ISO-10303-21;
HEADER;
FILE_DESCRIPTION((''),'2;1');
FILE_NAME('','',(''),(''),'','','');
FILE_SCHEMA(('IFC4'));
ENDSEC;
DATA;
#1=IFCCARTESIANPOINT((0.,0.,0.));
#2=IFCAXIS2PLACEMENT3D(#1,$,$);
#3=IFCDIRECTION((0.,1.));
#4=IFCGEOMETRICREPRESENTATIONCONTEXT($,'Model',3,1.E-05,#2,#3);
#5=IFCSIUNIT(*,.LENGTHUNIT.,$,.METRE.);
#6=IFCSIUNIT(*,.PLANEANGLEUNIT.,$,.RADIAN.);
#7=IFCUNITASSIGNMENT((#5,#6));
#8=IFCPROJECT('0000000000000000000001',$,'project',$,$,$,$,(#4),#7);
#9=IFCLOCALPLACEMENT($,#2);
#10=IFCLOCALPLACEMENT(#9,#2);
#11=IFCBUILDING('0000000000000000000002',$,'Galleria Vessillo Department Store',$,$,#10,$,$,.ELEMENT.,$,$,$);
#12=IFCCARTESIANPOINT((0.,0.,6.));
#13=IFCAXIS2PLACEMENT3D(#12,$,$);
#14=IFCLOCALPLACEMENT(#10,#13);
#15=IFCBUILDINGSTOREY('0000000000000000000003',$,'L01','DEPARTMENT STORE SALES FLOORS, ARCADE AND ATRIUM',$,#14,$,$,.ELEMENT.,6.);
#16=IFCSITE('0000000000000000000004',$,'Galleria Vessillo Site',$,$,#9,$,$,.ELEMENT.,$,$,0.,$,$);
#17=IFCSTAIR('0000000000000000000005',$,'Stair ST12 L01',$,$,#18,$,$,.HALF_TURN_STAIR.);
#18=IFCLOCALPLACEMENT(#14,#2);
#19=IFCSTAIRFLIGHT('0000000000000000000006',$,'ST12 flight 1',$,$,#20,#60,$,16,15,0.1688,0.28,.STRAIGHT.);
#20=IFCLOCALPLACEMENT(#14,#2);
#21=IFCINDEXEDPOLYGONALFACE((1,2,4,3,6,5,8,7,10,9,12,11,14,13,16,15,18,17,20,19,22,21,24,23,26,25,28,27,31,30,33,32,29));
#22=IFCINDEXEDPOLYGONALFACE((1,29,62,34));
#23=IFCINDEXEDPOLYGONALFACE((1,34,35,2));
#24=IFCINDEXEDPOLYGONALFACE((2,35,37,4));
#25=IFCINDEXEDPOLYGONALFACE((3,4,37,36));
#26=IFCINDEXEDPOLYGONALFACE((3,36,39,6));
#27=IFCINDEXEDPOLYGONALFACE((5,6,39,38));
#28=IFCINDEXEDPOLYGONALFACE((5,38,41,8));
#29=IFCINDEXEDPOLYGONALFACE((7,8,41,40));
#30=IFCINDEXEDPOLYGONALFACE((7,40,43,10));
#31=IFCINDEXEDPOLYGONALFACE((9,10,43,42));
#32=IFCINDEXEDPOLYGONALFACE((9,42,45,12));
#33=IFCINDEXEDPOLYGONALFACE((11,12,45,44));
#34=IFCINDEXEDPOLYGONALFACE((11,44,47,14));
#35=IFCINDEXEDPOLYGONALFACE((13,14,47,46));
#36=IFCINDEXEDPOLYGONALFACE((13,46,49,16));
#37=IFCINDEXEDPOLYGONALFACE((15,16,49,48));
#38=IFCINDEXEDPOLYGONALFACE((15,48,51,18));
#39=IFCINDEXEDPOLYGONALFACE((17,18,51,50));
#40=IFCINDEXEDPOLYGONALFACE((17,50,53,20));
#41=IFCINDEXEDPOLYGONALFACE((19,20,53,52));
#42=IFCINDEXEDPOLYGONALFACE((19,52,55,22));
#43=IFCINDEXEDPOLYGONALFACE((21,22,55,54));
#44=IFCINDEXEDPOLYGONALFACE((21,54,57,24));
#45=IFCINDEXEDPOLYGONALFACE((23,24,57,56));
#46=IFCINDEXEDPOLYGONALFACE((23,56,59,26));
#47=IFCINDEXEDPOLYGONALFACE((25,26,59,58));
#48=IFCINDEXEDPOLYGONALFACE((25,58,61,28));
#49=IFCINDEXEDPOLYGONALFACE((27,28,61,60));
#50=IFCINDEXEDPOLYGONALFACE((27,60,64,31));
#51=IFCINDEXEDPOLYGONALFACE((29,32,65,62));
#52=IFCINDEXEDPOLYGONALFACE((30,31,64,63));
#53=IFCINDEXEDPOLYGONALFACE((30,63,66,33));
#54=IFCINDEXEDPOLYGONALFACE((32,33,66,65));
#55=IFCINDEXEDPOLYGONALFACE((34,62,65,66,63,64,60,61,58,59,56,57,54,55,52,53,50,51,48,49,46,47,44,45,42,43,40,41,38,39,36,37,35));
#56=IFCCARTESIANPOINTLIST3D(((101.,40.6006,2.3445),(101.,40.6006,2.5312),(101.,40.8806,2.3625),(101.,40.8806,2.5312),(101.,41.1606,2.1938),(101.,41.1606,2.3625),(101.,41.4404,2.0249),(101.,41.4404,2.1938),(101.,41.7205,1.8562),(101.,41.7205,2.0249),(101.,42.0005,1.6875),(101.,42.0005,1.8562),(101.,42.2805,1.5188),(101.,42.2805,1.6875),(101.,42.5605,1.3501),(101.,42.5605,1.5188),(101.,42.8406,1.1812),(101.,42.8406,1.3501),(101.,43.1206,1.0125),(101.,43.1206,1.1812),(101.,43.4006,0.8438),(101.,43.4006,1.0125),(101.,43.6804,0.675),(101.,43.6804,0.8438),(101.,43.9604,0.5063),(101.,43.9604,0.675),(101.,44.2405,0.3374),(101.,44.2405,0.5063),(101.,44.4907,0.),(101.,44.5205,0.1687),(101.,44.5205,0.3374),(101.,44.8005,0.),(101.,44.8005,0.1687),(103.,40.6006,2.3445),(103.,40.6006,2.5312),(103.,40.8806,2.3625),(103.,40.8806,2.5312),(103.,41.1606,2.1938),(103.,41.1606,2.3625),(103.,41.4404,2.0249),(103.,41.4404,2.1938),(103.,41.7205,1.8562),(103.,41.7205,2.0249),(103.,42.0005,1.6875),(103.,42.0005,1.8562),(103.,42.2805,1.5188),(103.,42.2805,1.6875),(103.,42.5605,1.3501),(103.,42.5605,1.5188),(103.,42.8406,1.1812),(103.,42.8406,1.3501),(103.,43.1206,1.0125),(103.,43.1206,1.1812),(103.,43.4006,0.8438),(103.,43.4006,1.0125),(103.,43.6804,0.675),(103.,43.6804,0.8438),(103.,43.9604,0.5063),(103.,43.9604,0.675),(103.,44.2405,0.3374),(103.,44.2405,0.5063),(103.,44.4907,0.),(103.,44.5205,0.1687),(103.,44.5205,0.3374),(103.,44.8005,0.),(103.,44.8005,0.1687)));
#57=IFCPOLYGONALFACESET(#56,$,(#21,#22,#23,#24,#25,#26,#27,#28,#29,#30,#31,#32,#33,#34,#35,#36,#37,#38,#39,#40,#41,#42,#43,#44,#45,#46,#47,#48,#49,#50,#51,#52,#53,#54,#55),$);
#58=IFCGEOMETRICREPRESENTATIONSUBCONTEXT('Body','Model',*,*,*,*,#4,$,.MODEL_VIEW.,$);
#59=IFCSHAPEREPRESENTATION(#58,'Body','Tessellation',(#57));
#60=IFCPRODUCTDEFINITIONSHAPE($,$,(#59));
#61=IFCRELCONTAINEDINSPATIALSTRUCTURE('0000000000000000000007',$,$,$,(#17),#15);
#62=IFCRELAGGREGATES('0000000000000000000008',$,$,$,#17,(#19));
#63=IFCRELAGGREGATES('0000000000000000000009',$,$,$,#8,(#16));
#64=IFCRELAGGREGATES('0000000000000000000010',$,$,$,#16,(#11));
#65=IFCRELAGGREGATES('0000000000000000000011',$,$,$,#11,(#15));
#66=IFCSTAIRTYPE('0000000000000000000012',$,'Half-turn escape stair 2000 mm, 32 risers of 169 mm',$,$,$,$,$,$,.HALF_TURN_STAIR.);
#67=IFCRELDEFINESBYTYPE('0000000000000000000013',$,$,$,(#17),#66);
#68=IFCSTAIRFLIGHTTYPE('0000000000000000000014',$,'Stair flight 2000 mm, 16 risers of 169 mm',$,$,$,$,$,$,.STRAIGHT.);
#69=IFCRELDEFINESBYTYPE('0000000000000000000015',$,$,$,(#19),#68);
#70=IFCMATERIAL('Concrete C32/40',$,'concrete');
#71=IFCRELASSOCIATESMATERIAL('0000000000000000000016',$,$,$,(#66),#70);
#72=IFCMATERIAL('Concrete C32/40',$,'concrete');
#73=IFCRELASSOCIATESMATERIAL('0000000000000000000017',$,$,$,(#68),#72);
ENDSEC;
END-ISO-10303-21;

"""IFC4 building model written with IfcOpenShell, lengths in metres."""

from ifc_helpers import new_model, si_unit, direction, frame, origin, place, context, subcontext, project, spatial, polyline, outline, extrude, material, type_object, element, aggregate, save


model = new_model("IFC4")

# Units and contexts
model_context = context("Model", 3, precision=1e-05, world=origin(), true_north=direction((0.0, 1.0)))
body_context = subcontext(model_context, "Body", "Model", "MODEL_VIEW")
ifc_project = project(units=[si_unit("LENGTHUNIT", "METRE"), si_unit("PLANEANGLEUNIT", "RADIAN")], contexts=[model_context])

# Site, building, storey
site_placement = place(None, origin())
site = spatial("IfcSite", under=ifc_project, at=site_placement, Name="Galleria Vessillo Site", CompositionType="ELEMENT", RefElevation=0.0)
building_placement = place(site_placement, origin())
building = spatial("IfcBuilding", under=site, at=building_placement, Name="Galleria Vessillo Department Store", CompositionType="ELEMENT")
storey_placement = place(building_placement, frame((0.0, 0.0, 6.0)))
storey = spatial("IfcBuildingStorey", under=building, at=storey_placement, Name="L01", Description="DEPARTMENT STORE SALES FLOORS, ARCADE AND ATRIUM", CompositionType="ELEMENT", Elevation=6.0)

# Stair, stair flight
ifc_material_1 = material(Name="Concrete C32/40", Category="concrete")
stair_type = type_object("IfcStairType", Name="Half-turn escape stair 2000 mm, 32 risers of 169 mm", PredefinedType="HALF_TURN_STAIR", material=ifc_material_1)
stair_placement = place(storey_placement, origin())
stair = element("IfcStair", 1, at=stair_placement, inside=storey, type_object=stair_type, Name="Stair ST12 L01", PredefinedType="HALF_TURN_STAIR")
ifc_material_2 = material(Name="Concrete C32/40", Category="concrete")
stair_flight_type = type_object("IfcStairFlightType", Name="Stair flight 2000 mm, 16 risers of 169 mm", PredefinedType="STRAIGHT", material=ifc_material_2)
stair_flight_placement = place(storey_placement, frame((102.0, 44.8005, 0.0), z_axis=(0.0, 0.0, 1.0), x_axis=(0.0, -1.0, 0.0)))
stair_flight = element("IfcStairFlight", 2, at=stair_flight_placement, type_object=stair_flight_type, Name="ST12 flight 1", NumberOfRisers=16, NumberOfTreads=15, PredefinedType="STRAIGHT", RiserHeight=0.1688, TreadLength=0.28, context=body_context, shape_type="SweptSolid", body=[
    extrude(outline(polyline([(0.0, 0.0), (0.0, 0.1687), (0.28, 0.1687), (0.28, 0.3374), (0.5601, 0.3374), (0.5601, 0.5063), (0.8401, 0.5063), (0.8401, 0.675), (1.1201, 0.675), (1.1201, 0.8438), (1.3999, 0.8438), (1.3999, 1.0125), (1.6799, 1.0125), (1.6799, 1.1812), (1.96, 1.1812), (1.96, 1.3501), (2.24, 1.3501), (2.24, 1.5188), (2.52, 1.5188), (2.52, 1.6875), (2.8, 1.6875), (2.8, 1.8562), (3.0801, 1.8562), (3.0801, 2.0249), (3.3601, 2.0249), (3.3601, 2.1938), (3.6399, 2.1938), (3.6399, 2.3625), (3.9199, 2.3625), (3.9199, 2.5312), (4.2, 2.5312), (4.2, 2.7), (4.2, 2.3445), (0.3098, 0.0), (0.0, 0.0)])), frame((0.0, 1.0, 0.0), z_axis=(0.0, -1.0, 0.0), x_axis=(1.0, 0.0, 0.0)), (0.0, 0.0, 1.0), 2.0),
])
aggregate(stair, [stair_flight])

save(model, "model.ifc")
